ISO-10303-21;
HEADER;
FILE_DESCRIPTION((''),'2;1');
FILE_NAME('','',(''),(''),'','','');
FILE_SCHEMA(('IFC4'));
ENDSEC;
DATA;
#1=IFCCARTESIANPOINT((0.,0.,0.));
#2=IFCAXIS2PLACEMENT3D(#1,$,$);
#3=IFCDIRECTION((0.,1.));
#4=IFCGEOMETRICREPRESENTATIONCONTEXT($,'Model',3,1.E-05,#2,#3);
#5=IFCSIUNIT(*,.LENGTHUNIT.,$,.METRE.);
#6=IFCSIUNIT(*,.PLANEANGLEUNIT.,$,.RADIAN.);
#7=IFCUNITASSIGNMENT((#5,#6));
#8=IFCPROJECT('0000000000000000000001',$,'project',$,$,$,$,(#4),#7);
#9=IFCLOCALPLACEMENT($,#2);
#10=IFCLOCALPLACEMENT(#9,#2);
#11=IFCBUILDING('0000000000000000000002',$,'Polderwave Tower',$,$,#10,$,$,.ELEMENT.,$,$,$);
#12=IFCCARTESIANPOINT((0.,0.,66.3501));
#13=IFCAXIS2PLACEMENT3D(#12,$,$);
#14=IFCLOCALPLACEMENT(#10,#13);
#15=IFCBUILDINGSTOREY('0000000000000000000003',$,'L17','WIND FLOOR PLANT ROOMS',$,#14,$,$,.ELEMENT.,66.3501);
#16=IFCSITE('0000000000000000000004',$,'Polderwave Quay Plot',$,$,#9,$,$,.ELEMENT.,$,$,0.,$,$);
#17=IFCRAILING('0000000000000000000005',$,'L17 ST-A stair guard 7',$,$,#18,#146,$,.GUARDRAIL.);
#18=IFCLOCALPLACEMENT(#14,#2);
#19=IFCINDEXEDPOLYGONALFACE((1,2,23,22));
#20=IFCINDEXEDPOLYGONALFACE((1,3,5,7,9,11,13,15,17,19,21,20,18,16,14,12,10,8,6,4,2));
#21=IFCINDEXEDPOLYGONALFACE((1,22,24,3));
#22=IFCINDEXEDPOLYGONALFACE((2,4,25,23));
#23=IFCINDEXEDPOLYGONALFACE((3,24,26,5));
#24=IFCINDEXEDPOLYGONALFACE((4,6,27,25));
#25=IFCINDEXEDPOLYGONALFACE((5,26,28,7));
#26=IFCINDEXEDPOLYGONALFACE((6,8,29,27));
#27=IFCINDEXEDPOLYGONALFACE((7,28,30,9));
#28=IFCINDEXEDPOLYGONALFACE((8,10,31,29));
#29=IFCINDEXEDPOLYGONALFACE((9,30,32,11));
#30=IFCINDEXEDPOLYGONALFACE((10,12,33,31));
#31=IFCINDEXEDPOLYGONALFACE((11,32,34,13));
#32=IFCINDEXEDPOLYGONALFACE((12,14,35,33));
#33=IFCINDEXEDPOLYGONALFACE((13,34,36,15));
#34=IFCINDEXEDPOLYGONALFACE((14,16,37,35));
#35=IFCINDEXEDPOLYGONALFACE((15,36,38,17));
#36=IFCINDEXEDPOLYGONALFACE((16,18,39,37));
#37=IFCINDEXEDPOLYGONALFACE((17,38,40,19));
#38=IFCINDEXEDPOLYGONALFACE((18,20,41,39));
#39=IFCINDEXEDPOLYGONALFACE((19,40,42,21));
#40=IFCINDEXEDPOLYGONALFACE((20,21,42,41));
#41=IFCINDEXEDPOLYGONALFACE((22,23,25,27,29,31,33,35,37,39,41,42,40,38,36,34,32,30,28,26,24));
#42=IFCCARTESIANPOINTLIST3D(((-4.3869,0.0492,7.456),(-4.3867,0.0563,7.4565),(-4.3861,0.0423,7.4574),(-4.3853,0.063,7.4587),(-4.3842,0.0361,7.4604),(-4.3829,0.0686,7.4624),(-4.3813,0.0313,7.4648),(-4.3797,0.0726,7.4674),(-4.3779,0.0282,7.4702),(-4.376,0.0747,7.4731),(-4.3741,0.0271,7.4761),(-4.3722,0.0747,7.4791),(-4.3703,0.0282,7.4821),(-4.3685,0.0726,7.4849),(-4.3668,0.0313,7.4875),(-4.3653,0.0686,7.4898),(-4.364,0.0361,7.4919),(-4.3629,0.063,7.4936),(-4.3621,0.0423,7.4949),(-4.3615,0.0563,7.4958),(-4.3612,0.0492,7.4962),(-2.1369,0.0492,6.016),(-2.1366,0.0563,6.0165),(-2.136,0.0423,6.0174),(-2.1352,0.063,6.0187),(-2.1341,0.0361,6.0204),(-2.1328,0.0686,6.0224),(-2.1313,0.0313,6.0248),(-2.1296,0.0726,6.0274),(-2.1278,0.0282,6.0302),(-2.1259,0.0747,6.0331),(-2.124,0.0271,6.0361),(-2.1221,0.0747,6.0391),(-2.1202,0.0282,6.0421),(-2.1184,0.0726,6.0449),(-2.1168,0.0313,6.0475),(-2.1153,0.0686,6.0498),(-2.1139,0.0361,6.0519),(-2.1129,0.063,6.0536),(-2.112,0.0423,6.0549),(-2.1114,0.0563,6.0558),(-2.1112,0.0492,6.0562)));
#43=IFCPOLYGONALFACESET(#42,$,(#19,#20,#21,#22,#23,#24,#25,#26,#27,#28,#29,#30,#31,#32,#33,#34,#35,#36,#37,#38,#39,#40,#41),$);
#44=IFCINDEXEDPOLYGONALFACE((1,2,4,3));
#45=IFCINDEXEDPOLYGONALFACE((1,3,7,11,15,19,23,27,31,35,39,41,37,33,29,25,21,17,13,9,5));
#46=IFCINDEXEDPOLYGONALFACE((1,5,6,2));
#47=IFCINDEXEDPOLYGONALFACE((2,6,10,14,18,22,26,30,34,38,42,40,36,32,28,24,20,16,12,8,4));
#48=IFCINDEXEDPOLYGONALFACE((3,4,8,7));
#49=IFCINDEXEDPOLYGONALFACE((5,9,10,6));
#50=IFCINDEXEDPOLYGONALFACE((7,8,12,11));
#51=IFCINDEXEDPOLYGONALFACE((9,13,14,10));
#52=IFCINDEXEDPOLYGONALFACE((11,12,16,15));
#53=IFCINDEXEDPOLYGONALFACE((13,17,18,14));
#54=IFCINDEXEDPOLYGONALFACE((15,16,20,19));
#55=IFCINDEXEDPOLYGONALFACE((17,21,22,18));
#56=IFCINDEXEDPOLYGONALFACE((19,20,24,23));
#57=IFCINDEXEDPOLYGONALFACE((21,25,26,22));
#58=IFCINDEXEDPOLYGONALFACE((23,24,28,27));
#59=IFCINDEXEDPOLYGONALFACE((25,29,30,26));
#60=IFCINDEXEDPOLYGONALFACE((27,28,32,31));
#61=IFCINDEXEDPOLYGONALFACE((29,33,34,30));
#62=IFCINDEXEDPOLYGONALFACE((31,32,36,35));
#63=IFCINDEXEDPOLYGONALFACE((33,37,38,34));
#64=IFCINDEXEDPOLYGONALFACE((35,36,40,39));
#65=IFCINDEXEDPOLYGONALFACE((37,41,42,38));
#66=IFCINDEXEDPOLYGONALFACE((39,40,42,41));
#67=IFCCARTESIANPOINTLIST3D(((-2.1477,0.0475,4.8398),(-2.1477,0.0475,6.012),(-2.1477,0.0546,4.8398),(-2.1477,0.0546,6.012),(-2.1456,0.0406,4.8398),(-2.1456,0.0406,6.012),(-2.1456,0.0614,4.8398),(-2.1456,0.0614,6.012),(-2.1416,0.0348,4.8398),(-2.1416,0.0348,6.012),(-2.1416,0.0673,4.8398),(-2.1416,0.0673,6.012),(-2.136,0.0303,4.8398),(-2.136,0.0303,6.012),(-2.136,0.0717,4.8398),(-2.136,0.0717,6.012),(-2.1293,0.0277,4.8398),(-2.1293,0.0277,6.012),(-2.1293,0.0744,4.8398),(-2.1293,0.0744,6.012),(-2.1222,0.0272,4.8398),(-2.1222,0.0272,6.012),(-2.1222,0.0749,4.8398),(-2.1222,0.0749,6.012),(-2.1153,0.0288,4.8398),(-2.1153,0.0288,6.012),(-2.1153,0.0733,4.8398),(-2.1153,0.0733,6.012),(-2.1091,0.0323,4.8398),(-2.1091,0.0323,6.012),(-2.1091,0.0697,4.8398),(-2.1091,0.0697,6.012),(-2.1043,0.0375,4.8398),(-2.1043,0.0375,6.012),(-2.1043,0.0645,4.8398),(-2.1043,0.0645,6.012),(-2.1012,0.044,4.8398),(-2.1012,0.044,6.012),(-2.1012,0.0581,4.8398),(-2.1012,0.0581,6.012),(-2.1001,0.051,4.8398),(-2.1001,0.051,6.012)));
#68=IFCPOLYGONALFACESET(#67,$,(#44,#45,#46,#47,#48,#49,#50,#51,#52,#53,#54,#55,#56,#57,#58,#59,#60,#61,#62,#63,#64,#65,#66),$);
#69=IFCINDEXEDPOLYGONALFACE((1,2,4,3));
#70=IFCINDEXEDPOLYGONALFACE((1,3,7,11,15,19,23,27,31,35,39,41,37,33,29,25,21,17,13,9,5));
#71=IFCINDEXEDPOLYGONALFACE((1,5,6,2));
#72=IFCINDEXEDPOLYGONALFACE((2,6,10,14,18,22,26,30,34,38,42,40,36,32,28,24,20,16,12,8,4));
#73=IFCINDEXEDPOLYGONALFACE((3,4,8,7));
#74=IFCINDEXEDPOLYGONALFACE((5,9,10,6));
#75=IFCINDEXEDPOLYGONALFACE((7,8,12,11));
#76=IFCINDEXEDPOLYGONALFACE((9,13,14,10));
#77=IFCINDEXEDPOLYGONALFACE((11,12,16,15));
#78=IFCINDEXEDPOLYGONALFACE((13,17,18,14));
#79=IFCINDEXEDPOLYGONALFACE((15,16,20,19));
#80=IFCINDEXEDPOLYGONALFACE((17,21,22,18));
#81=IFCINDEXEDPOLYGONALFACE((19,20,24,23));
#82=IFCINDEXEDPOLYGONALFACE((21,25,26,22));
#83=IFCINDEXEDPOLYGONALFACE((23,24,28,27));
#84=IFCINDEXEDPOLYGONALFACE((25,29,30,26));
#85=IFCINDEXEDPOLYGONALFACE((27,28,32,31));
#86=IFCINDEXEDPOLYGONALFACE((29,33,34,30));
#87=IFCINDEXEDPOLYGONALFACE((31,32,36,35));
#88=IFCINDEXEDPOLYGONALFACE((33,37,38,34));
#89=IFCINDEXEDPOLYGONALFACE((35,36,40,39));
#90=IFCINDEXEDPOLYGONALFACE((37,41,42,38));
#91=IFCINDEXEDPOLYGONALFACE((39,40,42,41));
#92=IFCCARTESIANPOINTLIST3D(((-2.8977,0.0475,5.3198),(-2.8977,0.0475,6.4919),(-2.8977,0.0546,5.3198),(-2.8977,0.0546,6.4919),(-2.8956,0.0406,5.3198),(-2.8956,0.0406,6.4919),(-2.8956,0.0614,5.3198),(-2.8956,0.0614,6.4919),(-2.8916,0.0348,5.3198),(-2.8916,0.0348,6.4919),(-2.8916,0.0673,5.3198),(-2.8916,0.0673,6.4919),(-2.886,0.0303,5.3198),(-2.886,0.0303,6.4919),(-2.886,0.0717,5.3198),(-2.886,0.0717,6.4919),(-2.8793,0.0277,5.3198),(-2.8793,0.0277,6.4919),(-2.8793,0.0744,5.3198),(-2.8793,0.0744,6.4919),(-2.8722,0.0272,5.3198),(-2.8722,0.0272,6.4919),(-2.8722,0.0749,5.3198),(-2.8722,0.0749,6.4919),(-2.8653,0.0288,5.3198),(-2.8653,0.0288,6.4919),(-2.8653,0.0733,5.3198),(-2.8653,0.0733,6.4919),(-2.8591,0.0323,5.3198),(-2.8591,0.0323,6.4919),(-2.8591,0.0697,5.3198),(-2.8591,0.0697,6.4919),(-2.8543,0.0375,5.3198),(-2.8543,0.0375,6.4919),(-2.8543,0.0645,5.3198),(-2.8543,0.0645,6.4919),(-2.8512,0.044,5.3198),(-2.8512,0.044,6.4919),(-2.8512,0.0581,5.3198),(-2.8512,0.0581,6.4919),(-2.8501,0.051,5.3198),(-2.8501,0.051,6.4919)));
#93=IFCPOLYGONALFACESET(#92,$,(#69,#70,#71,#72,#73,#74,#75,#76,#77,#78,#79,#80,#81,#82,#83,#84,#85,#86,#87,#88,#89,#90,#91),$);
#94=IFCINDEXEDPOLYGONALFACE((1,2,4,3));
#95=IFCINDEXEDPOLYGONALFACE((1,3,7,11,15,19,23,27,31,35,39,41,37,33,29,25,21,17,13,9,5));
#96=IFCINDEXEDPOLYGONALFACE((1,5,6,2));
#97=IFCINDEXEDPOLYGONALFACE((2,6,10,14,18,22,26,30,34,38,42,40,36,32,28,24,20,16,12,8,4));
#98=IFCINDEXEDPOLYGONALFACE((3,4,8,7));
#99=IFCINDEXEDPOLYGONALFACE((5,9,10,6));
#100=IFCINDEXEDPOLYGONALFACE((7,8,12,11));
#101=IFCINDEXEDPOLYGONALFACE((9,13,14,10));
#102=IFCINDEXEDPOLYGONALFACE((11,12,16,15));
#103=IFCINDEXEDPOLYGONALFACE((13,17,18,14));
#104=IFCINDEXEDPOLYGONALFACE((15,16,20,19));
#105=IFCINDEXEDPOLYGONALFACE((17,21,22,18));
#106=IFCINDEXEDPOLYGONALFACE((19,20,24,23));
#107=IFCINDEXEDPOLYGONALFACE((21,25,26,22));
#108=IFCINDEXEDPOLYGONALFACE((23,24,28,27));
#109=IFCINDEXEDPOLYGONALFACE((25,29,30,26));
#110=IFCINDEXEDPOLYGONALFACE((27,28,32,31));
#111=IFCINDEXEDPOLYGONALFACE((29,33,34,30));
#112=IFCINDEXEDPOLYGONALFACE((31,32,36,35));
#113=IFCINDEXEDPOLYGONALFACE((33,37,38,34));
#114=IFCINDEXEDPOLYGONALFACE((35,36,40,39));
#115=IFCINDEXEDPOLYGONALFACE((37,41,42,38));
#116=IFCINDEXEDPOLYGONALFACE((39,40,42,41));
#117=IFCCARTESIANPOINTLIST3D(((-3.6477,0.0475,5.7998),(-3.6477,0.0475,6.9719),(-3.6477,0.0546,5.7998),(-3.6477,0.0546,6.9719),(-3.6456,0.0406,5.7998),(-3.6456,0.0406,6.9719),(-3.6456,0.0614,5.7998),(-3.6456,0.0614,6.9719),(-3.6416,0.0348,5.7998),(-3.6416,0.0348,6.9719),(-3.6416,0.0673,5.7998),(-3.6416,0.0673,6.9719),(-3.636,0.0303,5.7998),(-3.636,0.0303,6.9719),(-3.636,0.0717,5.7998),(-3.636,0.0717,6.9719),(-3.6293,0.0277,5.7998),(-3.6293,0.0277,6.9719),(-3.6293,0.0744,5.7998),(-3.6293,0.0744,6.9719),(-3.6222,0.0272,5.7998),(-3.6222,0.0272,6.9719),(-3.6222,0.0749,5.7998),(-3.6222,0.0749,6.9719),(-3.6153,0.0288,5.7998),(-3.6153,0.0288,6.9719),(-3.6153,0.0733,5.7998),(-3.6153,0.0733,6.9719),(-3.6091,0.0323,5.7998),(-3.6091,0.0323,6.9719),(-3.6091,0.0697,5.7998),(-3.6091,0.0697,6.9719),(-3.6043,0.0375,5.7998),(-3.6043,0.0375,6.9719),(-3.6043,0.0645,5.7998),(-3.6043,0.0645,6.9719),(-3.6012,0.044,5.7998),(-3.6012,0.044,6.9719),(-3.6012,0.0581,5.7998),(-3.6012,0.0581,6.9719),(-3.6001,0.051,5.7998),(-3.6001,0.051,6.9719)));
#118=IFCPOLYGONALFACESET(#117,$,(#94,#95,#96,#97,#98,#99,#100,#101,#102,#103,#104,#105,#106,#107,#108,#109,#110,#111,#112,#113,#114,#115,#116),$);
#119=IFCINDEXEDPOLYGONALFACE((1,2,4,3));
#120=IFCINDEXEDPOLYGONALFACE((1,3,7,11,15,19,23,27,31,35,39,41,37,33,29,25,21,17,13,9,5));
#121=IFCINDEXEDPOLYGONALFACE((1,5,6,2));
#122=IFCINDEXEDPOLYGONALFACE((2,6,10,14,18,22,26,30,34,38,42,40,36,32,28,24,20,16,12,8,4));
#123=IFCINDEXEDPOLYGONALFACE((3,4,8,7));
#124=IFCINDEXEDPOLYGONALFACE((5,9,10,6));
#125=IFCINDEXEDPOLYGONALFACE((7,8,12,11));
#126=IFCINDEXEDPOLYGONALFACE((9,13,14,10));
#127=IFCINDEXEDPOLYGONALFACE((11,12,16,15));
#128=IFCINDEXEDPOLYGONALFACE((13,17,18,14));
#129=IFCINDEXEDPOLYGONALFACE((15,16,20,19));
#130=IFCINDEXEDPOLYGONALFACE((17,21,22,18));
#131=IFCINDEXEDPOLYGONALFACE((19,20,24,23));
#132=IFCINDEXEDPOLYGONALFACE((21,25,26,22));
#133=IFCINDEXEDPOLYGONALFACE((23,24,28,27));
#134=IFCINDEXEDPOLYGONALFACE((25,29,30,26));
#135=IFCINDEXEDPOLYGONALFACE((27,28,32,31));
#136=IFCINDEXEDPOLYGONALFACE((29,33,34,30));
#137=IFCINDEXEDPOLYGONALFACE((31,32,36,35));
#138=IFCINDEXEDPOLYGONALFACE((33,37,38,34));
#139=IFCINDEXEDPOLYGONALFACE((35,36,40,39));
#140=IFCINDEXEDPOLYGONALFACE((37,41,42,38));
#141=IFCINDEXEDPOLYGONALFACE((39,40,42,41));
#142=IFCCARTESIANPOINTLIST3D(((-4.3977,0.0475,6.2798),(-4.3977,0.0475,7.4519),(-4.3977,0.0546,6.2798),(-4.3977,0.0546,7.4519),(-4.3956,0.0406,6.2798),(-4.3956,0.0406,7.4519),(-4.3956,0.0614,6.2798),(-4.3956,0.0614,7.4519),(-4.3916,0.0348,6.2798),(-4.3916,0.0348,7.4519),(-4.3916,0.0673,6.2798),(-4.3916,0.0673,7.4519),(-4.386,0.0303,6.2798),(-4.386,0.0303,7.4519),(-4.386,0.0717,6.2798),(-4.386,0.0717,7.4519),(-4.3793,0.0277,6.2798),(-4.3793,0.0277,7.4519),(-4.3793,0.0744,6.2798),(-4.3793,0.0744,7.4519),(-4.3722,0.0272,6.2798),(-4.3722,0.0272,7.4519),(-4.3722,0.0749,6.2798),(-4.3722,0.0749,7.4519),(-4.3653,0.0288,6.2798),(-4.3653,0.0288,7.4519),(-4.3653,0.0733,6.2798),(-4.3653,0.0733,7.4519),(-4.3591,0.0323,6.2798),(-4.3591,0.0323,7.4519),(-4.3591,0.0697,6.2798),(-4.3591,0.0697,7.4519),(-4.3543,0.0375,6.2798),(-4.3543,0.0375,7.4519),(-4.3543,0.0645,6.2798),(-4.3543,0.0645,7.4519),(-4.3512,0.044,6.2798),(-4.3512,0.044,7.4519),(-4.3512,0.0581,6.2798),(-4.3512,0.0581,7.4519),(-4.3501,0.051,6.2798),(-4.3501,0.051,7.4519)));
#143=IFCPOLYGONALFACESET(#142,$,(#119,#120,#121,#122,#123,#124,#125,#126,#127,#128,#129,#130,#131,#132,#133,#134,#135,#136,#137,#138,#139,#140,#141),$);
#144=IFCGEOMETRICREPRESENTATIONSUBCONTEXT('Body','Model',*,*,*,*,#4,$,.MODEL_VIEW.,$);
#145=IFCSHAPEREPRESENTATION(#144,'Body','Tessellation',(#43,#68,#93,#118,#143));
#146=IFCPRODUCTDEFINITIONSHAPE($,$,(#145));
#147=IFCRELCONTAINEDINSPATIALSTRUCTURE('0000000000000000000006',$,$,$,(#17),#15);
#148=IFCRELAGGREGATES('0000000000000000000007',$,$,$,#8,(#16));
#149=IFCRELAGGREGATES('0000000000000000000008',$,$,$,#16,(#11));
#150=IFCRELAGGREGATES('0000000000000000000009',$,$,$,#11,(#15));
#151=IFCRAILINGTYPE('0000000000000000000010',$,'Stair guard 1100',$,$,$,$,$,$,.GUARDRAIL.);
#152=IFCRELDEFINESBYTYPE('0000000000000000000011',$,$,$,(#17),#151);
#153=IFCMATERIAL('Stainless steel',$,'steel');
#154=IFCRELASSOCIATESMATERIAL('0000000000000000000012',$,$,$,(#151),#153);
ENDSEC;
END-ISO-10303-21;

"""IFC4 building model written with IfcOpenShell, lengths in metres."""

from ifc_helpers import new_model, si_unit, direction, frame, origin, origin_2d, place, context, subcontext, project, spatial, circle, extrude, material, type_object, element, save


model = new_model("IFC4")

# Units and contexts
model_context = context("Model", 3, precision=1e-05, world=origin(), true_north=direction((0.0, 1.0)))
body_context = subcontext(model_context, "Body", "Model", "MODEL_VIEW")
ifc_project = project(units=[si_unit("LENGTHUNIT", "METRE"), si_unit("PLANEANGLEUNIT", "RADIAN")], contexts=[model_context])

# Site, building, storey
site_placement = place(None, origin())
site = spatial("IfcSite", under=ifc_project, at=site_placement, Name="Polderwave Quay Plot", CompositionType="ELEMENT", RefElevation=0.0)
building_placement = place(site_placement, origin())
building = spatial("IfcBuilding", under=site, at=building_placement, Name="Polderwave Tower", CompositionType="ELEMENT")
storey_placement = place(building_placement, frame((0.0, 0.0, 66.3501)))
storey = spatial("IfcBuildingStorey", under=building, at=storey_placement, Name="L17", Description="WIND FLOOR PLANT ROOMS", CompositionType="ELEMENT", Elevation=66.3501)

# Railing
ifc_material_1 = material(Name="Stainless steel", Category="steel")
railing_type_1 = type_object("IfcRailingType", Name="Stair guard 1100", PredefinedType="GUARDRAIL", material=ifc_material_1)
for number, where, name in (
    (1, (-2.124, 0.051, 4.8398), "L17 ST-A stair guard 7"),
):
    element("IfcRailing", number, at=place(storey_placement, frame(where)), inside=storey, type_object=railing_type_1, Name=name, PredefinedType="GUARDRAIL", context=body_context, shape_type="SweptSolid", body=[
        extrude(circle(Radius=0.0239, at=origin_2d()), frame((0.0, 0.0, 1.1963), z_axis=(-0.842281, 0.0, 0.539038), x_axis=(0.0, -1.0, 0.0)), (0.0, 0.0, 1.0), 2.6714),
        extrude(circle(Radius=0.0239, at=origin_2d()), origin(), (0.0, 0.0, 1.0), 1.1721),
        extrude(circle(Radius=0.0239, at=origin_2d()), frame((-0.75, 0.0, 0.48)), (0.0, 0.0, 1.0), 1.1721),
        extrude(circle(Radius=0.0239, at=origin_2d()), frame((-1.5, 0.0, 0.96)), (0.0, 0.0, 1.0), 1.1721),
        extrude(circle(Radius=0.0239, at=origin_2d()), frame((-2.25, 0.0, 1.4399)), (0.0, 0.0, 1.0), 1.1721),
    ])

save(model, "model.ifc")
